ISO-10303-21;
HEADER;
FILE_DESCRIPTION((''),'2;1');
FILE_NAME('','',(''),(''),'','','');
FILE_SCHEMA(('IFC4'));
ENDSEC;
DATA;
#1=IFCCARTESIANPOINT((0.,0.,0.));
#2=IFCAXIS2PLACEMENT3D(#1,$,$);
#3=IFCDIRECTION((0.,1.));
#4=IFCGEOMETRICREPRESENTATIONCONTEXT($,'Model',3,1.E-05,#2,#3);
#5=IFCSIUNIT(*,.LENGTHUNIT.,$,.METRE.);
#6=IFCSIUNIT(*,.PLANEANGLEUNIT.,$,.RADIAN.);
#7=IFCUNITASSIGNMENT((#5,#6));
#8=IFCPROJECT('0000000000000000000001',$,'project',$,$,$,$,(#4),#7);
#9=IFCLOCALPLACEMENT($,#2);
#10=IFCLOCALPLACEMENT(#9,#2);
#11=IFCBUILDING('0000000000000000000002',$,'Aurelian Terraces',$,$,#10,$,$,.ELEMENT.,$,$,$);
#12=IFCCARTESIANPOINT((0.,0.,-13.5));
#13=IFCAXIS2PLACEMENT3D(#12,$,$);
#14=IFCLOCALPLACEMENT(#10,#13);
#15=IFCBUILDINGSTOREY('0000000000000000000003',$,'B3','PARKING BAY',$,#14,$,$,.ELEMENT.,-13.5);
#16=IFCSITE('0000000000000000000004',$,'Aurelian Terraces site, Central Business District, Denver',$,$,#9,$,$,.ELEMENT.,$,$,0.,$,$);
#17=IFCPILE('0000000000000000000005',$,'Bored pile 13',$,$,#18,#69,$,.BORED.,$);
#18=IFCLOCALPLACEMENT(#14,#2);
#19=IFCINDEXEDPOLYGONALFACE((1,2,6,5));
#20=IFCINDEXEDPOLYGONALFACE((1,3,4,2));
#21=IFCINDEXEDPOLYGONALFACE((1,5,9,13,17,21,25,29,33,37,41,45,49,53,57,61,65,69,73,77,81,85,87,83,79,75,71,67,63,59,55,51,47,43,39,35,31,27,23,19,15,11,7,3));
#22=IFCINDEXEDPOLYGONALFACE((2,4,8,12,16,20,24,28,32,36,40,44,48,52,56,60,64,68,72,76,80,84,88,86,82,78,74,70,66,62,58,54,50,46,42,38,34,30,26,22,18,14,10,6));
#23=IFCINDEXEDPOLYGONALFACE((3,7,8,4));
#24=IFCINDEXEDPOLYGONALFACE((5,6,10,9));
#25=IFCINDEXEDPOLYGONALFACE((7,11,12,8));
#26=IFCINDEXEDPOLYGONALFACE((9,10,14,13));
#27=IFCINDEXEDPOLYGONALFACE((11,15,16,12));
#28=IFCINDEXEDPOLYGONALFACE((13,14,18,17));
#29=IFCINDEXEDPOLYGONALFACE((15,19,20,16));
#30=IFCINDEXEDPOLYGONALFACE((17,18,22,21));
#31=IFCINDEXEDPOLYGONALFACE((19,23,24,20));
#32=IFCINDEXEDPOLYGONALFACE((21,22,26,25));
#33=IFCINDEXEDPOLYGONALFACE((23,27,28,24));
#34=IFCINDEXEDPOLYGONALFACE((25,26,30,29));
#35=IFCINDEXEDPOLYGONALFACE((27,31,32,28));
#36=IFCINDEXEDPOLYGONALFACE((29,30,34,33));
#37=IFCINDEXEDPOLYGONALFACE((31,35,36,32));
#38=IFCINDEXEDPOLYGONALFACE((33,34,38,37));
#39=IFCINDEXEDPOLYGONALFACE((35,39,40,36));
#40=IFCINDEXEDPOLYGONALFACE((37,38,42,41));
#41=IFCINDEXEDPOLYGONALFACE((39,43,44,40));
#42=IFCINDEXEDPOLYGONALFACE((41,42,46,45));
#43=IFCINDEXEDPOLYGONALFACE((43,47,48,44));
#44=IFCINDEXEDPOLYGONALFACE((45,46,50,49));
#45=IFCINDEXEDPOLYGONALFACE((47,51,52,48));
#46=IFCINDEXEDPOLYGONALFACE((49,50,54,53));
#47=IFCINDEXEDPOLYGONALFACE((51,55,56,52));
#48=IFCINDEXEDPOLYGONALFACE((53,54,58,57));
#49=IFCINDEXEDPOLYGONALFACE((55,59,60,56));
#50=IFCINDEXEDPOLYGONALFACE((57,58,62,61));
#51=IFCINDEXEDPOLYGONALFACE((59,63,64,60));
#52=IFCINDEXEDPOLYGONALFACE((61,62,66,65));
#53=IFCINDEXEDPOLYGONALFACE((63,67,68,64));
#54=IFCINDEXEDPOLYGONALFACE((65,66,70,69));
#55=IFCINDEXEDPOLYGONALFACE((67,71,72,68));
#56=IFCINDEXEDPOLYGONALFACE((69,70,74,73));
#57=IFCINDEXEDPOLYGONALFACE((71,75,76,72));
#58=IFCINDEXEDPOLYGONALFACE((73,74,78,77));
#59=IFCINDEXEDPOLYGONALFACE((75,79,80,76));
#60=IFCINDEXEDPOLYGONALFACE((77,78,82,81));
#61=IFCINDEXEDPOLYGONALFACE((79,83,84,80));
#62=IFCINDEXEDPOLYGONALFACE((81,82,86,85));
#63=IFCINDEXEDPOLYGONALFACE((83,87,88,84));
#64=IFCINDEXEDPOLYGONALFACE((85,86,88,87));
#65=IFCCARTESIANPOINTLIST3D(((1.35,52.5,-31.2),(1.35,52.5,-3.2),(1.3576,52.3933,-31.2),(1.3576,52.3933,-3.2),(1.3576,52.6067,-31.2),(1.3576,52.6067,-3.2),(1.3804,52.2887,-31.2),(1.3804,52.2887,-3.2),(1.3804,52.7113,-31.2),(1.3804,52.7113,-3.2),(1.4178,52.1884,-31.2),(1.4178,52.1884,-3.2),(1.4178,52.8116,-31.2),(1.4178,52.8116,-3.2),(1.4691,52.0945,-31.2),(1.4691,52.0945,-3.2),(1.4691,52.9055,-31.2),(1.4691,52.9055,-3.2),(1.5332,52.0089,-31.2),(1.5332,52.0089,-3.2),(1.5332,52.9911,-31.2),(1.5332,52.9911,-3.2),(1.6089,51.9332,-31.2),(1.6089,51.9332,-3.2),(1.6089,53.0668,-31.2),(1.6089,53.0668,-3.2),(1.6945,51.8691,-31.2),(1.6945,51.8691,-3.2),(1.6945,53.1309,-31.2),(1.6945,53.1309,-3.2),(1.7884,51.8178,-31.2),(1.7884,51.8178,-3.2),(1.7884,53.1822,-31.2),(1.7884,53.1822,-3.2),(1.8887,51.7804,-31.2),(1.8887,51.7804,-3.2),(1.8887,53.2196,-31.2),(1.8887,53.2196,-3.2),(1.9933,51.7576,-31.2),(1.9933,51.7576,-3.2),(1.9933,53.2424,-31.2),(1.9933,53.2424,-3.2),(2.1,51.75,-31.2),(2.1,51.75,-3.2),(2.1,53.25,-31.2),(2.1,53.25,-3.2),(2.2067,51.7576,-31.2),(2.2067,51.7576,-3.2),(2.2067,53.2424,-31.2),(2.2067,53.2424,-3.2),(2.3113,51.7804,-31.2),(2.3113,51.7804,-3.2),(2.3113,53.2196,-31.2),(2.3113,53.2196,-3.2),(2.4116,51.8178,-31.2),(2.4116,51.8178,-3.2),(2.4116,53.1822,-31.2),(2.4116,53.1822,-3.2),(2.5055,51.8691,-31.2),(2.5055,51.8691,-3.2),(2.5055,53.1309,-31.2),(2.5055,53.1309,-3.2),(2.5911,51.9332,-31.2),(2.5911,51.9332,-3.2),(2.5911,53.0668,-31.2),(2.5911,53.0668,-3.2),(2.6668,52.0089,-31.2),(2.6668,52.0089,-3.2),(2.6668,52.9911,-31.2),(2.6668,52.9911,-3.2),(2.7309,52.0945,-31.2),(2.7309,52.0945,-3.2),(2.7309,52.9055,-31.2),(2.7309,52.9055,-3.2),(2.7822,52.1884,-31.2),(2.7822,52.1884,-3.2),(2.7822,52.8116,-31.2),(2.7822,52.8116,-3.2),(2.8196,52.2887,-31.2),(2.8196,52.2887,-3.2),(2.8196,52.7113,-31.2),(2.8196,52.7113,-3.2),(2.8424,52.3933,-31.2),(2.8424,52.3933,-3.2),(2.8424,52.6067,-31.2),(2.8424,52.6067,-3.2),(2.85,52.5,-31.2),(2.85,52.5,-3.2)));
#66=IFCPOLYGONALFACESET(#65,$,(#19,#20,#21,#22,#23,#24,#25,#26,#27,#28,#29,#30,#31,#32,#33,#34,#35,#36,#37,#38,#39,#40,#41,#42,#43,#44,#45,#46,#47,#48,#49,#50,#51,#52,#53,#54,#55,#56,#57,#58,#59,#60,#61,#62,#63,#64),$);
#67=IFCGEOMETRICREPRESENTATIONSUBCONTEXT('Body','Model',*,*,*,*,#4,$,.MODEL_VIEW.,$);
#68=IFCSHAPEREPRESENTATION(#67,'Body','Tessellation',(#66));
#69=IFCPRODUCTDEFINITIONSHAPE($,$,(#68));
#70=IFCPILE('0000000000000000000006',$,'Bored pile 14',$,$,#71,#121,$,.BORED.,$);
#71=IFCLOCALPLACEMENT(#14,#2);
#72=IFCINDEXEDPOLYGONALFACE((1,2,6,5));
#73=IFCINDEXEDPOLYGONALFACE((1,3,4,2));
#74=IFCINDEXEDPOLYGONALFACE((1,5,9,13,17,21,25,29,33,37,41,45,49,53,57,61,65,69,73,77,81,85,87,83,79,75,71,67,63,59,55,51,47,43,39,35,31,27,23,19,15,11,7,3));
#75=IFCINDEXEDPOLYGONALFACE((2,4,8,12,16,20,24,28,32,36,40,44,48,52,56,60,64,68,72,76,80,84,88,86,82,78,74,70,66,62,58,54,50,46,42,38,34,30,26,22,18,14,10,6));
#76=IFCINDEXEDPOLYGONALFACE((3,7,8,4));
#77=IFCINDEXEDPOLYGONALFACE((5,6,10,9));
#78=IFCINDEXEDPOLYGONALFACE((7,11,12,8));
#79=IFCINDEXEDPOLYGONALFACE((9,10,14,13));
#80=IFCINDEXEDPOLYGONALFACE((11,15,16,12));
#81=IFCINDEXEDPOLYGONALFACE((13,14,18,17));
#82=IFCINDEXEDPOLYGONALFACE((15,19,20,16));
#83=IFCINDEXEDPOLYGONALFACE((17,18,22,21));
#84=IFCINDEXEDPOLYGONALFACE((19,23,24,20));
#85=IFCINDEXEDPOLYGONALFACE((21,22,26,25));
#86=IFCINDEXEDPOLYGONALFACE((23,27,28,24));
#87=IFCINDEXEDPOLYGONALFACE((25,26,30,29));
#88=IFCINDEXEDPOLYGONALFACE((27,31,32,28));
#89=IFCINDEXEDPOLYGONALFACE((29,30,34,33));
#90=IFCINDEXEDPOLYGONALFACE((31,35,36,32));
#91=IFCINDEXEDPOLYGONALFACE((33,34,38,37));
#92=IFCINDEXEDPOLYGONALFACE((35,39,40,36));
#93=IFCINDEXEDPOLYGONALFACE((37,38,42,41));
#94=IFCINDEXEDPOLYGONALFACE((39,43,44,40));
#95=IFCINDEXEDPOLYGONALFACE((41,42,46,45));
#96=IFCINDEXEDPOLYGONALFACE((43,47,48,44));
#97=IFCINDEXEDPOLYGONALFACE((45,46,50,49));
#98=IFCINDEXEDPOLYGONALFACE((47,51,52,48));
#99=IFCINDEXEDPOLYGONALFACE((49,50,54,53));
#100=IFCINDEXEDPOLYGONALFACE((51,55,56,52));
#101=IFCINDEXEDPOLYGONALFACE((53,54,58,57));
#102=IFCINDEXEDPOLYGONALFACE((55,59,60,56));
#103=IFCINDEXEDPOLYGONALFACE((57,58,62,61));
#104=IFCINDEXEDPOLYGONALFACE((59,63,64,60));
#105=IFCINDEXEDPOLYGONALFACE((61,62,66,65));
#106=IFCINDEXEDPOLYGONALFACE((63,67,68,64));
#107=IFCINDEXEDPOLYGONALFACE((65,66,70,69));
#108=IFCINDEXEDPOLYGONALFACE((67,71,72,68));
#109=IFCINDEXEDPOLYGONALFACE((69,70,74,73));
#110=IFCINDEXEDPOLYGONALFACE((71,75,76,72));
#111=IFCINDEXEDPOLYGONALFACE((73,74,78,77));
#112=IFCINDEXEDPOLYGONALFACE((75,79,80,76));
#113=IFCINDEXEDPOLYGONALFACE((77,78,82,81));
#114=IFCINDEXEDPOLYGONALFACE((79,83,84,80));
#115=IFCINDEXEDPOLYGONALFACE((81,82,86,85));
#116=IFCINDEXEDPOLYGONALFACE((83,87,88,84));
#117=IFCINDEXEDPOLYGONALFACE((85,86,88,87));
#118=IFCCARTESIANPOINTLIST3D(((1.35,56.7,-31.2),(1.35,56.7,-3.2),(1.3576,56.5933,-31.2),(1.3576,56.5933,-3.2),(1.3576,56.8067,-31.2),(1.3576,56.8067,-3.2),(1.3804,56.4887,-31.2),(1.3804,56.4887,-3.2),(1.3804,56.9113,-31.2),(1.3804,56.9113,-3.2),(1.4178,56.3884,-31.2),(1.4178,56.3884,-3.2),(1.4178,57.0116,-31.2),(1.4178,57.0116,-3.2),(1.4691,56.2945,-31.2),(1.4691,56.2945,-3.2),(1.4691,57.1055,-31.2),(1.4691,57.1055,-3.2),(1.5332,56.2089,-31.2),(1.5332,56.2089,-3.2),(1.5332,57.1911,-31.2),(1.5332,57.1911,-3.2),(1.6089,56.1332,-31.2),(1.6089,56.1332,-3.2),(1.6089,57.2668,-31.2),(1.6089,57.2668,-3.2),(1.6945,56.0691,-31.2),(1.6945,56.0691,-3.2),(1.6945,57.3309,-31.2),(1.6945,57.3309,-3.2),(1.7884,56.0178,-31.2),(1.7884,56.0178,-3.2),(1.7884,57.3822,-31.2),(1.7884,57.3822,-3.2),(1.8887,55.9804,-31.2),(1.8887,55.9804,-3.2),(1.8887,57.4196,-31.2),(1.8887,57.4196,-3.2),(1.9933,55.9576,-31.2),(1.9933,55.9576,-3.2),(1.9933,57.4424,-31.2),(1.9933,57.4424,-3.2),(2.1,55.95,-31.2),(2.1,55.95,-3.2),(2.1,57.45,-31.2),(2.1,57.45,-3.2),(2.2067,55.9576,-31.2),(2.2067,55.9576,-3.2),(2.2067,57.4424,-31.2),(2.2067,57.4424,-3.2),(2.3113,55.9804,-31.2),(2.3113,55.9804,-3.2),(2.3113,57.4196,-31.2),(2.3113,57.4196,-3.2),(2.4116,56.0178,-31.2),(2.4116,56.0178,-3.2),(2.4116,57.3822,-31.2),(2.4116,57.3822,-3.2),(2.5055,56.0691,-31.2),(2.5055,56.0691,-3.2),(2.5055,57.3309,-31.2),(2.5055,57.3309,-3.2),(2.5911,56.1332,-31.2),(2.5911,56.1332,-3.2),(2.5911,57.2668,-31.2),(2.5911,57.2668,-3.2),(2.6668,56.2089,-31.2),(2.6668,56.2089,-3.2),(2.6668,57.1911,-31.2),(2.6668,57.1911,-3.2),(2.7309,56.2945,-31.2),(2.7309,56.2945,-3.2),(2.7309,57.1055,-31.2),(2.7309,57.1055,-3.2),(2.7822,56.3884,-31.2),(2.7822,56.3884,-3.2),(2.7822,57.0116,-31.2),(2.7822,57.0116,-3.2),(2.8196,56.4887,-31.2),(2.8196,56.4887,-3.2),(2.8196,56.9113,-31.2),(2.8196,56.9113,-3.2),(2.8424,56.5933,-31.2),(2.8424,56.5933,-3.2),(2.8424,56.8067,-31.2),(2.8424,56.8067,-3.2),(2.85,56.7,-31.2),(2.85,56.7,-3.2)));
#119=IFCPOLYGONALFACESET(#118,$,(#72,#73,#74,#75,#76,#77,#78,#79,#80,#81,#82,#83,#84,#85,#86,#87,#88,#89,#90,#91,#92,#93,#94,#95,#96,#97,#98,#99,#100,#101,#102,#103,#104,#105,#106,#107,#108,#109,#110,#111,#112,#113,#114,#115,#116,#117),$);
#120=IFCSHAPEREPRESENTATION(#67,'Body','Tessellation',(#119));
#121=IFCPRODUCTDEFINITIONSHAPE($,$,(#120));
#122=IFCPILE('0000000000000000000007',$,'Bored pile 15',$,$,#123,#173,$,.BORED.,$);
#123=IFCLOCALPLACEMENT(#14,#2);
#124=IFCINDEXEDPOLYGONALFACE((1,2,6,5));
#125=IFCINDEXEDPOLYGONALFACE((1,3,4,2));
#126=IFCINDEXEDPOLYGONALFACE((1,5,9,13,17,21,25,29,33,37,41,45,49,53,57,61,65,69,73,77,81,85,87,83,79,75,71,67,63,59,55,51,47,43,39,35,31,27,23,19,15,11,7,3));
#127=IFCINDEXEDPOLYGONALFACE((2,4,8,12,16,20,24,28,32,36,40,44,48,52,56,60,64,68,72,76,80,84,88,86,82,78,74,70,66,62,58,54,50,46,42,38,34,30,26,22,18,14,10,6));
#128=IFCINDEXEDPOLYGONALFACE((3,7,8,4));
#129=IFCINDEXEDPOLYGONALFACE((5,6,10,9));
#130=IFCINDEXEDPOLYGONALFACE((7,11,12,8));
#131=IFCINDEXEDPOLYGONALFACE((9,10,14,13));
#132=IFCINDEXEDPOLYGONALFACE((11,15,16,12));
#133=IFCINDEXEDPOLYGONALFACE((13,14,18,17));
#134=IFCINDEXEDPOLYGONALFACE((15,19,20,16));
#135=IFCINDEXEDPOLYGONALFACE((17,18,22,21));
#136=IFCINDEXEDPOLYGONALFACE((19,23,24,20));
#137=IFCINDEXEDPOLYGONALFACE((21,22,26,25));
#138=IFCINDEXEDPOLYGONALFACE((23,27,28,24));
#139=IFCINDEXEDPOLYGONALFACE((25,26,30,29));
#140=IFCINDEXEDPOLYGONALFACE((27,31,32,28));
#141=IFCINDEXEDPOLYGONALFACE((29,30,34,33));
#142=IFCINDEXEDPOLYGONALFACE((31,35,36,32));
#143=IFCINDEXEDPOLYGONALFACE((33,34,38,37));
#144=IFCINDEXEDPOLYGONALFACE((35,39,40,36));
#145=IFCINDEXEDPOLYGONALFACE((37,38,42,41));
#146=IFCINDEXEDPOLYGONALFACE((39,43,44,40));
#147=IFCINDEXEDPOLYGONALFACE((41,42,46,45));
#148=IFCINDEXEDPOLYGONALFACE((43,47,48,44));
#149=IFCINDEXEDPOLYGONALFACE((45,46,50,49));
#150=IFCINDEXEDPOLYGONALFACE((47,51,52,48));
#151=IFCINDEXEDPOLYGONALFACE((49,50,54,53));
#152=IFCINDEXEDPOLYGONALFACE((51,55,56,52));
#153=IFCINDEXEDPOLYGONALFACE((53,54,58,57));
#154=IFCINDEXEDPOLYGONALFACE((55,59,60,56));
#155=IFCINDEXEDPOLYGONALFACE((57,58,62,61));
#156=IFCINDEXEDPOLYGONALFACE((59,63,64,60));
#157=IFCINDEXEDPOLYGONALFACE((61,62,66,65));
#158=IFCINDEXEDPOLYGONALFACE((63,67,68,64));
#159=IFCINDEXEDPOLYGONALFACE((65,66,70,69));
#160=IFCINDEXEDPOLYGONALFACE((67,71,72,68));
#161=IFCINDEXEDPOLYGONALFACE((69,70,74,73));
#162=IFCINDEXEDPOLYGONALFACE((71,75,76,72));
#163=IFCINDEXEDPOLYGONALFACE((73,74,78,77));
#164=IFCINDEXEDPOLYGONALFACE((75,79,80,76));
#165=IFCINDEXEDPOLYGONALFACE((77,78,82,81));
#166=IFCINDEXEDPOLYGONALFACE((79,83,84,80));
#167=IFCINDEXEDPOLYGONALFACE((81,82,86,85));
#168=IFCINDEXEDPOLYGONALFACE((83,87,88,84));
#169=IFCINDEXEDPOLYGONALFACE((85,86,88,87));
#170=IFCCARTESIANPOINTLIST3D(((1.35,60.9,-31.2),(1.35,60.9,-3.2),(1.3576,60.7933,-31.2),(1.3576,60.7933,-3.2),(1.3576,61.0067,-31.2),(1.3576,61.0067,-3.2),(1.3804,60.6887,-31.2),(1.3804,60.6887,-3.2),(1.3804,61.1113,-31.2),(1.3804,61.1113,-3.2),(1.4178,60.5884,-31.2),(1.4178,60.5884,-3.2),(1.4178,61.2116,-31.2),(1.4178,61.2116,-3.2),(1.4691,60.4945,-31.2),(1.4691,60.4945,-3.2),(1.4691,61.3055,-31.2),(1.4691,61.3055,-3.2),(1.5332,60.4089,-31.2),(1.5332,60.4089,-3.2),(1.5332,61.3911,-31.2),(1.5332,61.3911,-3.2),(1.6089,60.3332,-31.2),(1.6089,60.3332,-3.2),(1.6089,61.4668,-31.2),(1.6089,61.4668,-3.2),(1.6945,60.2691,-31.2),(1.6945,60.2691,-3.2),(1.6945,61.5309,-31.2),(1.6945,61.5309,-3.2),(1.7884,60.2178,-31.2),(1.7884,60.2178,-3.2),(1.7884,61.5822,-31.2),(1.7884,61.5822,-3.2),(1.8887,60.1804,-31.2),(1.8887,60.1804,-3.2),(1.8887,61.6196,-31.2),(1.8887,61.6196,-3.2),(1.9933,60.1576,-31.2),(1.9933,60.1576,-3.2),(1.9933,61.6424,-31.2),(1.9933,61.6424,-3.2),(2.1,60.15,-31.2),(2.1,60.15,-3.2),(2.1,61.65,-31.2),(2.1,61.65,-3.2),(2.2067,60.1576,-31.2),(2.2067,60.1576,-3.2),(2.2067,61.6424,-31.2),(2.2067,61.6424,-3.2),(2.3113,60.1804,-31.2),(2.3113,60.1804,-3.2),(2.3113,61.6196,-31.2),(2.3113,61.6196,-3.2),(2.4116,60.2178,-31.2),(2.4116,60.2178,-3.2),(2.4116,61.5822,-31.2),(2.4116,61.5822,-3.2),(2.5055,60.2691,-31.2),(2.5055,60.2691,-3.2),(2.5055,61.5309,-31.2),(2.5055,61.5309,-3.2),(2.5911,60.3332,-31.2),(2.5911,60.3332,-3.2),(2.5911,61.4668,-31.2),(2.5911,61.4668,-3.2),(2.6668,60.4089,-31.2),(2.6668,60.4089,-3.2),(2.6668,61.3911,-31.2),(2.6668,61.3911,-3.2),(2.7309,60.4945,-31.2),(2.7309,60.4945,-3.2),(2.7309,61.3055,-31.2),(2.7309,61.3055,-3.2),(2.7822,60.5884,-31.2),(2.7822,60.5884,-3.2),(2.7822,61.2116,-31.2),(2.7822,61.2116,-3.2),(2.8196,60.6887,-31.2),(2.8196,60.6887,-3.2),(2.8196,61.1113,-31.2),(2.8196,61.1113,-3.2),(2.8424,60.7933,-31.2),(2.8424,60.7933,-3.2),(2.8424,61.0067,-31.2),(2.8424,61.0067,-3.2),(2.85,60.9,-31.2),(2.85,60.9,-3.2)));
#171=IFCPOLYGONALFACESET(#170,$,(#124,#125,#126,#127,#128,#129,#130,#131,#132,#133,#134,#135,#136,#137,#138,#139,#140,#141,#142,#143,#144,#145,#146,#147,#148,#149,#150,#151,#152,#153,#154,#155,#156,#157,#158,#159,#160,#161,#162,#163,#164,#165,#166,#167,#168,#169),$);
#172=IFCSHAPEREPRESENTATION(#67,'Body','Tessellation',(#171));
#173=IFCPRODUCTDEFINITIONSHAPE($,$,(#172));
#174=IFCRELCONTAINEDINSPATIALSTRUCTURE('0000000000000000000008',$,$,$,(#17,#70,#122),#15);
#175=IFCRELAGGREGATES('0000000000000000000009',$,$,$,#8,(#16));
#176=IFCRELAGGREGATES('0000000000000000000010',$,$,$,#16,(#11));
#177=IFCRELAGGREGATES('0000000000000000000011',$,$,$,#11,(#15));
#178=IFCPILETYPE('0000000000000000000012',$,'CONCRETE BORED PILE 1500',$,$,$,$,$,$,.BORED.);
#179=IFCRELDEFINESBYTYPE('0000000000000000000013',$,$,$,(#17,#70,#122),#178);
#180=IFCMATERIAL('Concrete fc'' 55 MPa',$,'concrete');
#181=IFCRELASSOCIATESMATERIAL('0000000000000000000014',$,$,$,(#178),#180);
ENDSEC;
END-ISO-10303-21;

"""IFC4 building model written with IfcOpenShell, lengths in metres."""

from ifc_helpers import new_model, si_unit, direction, frame, origin, origin_2d, place, context, subcontext, project, spatial, circle, extrude, source, transform, mapped, material, material_profile, profile_set, type_object, element, save


model = new_model("IFC4")

# Units and contexts
model_context = context("Model", 3, precision=1e-05, world=origin(), true_north=direction((0.0, 1.0)))
body_context = subcontext(model_context, "Body", "Model", "MODEL_VIEW")
ifc_project = project(units=[si_unit("LENGTHUNIT", "METRE"), si_unit("PLANEANGLEUNIT", "RADIAN")], contexts=[model_context])

# Site, building, storey
site_placement = place(None, origin())
site = spatial("IfcSite", under=ifc_project, at=site_placement, Name="Aurelian Terraces site, Central Business District, Denver", CompositionType="ELEMENT", RefElevation=0.0)
building_placement = place(site_placement, origin())
building = spatial("IfcBuilding", under=site, at=building_placement, Name="Aurelian Terraces", CompositionType="ELEMENT")
storey_placement = place(building_placement, frame((0.0, 0.0, -13.5)))
storey = spatial("IfcBuildingStorey", under=building, at=storey_placement, Name="B3", Description="PARKING BAY", CompositionType="ELEMENT", Elevation=-13.5)

# Piles
ifc_material_1 = material(Name="Concrete fc' 55 MPa", Category="concrete")
ifc_material_profile_1 = material_profile(ifc_material_1, circle(Radius=0.75, at=origin_2d()))
ifc_profile_set_1 = profile_set([ifc_material_profile_1], Name="Concrete fc' 55 MPa")
pile_type = type_object("IfcPileType", Name="CONCRETE BORED PILE 1500", PredefinedType="BORED", material=ifc_profile_set_1)
shared_shape_1 = source(origin(), body_context, "Body", "SweptSolid", [
    extrude(circle(Radius=0.75, at=origin_2d()), origin(), (0.0, 0.0, 1.0), 28.0),
])
for number, where, z_axis, x_axis, name in (
    (1, (2.1, 52.5, -3.2), (0.0, 0.0, -1.0), (1.0, 0.0, 0.0), "Bored pile 13"),
    (2, (2.1, 56.7, -3.2), (0.0, 0.0, -1.0), (1.0, 0.0, 0.0), "Bored pile 14"),
    (3, (2.1, 60.9, -3.2), (0.0, 0.0, -1.0), (1.0, 0.0, 0.0), "Bored pile 15"),
):
    element("IfcPile", number, at=place(storey_placement, frame(where, z_axis=z_axis, x_axis=x_axis)), inside=storey, type_object=pile_type, Name=name, PredefinedType="BORED", context=body_context, shape_type="MappedRepresentation", body=[
        mapped(shared_shape_1, transform((0.0, 0.0, 0.0), scale=1.0)),
    ])

save(model, "model.ifc")
